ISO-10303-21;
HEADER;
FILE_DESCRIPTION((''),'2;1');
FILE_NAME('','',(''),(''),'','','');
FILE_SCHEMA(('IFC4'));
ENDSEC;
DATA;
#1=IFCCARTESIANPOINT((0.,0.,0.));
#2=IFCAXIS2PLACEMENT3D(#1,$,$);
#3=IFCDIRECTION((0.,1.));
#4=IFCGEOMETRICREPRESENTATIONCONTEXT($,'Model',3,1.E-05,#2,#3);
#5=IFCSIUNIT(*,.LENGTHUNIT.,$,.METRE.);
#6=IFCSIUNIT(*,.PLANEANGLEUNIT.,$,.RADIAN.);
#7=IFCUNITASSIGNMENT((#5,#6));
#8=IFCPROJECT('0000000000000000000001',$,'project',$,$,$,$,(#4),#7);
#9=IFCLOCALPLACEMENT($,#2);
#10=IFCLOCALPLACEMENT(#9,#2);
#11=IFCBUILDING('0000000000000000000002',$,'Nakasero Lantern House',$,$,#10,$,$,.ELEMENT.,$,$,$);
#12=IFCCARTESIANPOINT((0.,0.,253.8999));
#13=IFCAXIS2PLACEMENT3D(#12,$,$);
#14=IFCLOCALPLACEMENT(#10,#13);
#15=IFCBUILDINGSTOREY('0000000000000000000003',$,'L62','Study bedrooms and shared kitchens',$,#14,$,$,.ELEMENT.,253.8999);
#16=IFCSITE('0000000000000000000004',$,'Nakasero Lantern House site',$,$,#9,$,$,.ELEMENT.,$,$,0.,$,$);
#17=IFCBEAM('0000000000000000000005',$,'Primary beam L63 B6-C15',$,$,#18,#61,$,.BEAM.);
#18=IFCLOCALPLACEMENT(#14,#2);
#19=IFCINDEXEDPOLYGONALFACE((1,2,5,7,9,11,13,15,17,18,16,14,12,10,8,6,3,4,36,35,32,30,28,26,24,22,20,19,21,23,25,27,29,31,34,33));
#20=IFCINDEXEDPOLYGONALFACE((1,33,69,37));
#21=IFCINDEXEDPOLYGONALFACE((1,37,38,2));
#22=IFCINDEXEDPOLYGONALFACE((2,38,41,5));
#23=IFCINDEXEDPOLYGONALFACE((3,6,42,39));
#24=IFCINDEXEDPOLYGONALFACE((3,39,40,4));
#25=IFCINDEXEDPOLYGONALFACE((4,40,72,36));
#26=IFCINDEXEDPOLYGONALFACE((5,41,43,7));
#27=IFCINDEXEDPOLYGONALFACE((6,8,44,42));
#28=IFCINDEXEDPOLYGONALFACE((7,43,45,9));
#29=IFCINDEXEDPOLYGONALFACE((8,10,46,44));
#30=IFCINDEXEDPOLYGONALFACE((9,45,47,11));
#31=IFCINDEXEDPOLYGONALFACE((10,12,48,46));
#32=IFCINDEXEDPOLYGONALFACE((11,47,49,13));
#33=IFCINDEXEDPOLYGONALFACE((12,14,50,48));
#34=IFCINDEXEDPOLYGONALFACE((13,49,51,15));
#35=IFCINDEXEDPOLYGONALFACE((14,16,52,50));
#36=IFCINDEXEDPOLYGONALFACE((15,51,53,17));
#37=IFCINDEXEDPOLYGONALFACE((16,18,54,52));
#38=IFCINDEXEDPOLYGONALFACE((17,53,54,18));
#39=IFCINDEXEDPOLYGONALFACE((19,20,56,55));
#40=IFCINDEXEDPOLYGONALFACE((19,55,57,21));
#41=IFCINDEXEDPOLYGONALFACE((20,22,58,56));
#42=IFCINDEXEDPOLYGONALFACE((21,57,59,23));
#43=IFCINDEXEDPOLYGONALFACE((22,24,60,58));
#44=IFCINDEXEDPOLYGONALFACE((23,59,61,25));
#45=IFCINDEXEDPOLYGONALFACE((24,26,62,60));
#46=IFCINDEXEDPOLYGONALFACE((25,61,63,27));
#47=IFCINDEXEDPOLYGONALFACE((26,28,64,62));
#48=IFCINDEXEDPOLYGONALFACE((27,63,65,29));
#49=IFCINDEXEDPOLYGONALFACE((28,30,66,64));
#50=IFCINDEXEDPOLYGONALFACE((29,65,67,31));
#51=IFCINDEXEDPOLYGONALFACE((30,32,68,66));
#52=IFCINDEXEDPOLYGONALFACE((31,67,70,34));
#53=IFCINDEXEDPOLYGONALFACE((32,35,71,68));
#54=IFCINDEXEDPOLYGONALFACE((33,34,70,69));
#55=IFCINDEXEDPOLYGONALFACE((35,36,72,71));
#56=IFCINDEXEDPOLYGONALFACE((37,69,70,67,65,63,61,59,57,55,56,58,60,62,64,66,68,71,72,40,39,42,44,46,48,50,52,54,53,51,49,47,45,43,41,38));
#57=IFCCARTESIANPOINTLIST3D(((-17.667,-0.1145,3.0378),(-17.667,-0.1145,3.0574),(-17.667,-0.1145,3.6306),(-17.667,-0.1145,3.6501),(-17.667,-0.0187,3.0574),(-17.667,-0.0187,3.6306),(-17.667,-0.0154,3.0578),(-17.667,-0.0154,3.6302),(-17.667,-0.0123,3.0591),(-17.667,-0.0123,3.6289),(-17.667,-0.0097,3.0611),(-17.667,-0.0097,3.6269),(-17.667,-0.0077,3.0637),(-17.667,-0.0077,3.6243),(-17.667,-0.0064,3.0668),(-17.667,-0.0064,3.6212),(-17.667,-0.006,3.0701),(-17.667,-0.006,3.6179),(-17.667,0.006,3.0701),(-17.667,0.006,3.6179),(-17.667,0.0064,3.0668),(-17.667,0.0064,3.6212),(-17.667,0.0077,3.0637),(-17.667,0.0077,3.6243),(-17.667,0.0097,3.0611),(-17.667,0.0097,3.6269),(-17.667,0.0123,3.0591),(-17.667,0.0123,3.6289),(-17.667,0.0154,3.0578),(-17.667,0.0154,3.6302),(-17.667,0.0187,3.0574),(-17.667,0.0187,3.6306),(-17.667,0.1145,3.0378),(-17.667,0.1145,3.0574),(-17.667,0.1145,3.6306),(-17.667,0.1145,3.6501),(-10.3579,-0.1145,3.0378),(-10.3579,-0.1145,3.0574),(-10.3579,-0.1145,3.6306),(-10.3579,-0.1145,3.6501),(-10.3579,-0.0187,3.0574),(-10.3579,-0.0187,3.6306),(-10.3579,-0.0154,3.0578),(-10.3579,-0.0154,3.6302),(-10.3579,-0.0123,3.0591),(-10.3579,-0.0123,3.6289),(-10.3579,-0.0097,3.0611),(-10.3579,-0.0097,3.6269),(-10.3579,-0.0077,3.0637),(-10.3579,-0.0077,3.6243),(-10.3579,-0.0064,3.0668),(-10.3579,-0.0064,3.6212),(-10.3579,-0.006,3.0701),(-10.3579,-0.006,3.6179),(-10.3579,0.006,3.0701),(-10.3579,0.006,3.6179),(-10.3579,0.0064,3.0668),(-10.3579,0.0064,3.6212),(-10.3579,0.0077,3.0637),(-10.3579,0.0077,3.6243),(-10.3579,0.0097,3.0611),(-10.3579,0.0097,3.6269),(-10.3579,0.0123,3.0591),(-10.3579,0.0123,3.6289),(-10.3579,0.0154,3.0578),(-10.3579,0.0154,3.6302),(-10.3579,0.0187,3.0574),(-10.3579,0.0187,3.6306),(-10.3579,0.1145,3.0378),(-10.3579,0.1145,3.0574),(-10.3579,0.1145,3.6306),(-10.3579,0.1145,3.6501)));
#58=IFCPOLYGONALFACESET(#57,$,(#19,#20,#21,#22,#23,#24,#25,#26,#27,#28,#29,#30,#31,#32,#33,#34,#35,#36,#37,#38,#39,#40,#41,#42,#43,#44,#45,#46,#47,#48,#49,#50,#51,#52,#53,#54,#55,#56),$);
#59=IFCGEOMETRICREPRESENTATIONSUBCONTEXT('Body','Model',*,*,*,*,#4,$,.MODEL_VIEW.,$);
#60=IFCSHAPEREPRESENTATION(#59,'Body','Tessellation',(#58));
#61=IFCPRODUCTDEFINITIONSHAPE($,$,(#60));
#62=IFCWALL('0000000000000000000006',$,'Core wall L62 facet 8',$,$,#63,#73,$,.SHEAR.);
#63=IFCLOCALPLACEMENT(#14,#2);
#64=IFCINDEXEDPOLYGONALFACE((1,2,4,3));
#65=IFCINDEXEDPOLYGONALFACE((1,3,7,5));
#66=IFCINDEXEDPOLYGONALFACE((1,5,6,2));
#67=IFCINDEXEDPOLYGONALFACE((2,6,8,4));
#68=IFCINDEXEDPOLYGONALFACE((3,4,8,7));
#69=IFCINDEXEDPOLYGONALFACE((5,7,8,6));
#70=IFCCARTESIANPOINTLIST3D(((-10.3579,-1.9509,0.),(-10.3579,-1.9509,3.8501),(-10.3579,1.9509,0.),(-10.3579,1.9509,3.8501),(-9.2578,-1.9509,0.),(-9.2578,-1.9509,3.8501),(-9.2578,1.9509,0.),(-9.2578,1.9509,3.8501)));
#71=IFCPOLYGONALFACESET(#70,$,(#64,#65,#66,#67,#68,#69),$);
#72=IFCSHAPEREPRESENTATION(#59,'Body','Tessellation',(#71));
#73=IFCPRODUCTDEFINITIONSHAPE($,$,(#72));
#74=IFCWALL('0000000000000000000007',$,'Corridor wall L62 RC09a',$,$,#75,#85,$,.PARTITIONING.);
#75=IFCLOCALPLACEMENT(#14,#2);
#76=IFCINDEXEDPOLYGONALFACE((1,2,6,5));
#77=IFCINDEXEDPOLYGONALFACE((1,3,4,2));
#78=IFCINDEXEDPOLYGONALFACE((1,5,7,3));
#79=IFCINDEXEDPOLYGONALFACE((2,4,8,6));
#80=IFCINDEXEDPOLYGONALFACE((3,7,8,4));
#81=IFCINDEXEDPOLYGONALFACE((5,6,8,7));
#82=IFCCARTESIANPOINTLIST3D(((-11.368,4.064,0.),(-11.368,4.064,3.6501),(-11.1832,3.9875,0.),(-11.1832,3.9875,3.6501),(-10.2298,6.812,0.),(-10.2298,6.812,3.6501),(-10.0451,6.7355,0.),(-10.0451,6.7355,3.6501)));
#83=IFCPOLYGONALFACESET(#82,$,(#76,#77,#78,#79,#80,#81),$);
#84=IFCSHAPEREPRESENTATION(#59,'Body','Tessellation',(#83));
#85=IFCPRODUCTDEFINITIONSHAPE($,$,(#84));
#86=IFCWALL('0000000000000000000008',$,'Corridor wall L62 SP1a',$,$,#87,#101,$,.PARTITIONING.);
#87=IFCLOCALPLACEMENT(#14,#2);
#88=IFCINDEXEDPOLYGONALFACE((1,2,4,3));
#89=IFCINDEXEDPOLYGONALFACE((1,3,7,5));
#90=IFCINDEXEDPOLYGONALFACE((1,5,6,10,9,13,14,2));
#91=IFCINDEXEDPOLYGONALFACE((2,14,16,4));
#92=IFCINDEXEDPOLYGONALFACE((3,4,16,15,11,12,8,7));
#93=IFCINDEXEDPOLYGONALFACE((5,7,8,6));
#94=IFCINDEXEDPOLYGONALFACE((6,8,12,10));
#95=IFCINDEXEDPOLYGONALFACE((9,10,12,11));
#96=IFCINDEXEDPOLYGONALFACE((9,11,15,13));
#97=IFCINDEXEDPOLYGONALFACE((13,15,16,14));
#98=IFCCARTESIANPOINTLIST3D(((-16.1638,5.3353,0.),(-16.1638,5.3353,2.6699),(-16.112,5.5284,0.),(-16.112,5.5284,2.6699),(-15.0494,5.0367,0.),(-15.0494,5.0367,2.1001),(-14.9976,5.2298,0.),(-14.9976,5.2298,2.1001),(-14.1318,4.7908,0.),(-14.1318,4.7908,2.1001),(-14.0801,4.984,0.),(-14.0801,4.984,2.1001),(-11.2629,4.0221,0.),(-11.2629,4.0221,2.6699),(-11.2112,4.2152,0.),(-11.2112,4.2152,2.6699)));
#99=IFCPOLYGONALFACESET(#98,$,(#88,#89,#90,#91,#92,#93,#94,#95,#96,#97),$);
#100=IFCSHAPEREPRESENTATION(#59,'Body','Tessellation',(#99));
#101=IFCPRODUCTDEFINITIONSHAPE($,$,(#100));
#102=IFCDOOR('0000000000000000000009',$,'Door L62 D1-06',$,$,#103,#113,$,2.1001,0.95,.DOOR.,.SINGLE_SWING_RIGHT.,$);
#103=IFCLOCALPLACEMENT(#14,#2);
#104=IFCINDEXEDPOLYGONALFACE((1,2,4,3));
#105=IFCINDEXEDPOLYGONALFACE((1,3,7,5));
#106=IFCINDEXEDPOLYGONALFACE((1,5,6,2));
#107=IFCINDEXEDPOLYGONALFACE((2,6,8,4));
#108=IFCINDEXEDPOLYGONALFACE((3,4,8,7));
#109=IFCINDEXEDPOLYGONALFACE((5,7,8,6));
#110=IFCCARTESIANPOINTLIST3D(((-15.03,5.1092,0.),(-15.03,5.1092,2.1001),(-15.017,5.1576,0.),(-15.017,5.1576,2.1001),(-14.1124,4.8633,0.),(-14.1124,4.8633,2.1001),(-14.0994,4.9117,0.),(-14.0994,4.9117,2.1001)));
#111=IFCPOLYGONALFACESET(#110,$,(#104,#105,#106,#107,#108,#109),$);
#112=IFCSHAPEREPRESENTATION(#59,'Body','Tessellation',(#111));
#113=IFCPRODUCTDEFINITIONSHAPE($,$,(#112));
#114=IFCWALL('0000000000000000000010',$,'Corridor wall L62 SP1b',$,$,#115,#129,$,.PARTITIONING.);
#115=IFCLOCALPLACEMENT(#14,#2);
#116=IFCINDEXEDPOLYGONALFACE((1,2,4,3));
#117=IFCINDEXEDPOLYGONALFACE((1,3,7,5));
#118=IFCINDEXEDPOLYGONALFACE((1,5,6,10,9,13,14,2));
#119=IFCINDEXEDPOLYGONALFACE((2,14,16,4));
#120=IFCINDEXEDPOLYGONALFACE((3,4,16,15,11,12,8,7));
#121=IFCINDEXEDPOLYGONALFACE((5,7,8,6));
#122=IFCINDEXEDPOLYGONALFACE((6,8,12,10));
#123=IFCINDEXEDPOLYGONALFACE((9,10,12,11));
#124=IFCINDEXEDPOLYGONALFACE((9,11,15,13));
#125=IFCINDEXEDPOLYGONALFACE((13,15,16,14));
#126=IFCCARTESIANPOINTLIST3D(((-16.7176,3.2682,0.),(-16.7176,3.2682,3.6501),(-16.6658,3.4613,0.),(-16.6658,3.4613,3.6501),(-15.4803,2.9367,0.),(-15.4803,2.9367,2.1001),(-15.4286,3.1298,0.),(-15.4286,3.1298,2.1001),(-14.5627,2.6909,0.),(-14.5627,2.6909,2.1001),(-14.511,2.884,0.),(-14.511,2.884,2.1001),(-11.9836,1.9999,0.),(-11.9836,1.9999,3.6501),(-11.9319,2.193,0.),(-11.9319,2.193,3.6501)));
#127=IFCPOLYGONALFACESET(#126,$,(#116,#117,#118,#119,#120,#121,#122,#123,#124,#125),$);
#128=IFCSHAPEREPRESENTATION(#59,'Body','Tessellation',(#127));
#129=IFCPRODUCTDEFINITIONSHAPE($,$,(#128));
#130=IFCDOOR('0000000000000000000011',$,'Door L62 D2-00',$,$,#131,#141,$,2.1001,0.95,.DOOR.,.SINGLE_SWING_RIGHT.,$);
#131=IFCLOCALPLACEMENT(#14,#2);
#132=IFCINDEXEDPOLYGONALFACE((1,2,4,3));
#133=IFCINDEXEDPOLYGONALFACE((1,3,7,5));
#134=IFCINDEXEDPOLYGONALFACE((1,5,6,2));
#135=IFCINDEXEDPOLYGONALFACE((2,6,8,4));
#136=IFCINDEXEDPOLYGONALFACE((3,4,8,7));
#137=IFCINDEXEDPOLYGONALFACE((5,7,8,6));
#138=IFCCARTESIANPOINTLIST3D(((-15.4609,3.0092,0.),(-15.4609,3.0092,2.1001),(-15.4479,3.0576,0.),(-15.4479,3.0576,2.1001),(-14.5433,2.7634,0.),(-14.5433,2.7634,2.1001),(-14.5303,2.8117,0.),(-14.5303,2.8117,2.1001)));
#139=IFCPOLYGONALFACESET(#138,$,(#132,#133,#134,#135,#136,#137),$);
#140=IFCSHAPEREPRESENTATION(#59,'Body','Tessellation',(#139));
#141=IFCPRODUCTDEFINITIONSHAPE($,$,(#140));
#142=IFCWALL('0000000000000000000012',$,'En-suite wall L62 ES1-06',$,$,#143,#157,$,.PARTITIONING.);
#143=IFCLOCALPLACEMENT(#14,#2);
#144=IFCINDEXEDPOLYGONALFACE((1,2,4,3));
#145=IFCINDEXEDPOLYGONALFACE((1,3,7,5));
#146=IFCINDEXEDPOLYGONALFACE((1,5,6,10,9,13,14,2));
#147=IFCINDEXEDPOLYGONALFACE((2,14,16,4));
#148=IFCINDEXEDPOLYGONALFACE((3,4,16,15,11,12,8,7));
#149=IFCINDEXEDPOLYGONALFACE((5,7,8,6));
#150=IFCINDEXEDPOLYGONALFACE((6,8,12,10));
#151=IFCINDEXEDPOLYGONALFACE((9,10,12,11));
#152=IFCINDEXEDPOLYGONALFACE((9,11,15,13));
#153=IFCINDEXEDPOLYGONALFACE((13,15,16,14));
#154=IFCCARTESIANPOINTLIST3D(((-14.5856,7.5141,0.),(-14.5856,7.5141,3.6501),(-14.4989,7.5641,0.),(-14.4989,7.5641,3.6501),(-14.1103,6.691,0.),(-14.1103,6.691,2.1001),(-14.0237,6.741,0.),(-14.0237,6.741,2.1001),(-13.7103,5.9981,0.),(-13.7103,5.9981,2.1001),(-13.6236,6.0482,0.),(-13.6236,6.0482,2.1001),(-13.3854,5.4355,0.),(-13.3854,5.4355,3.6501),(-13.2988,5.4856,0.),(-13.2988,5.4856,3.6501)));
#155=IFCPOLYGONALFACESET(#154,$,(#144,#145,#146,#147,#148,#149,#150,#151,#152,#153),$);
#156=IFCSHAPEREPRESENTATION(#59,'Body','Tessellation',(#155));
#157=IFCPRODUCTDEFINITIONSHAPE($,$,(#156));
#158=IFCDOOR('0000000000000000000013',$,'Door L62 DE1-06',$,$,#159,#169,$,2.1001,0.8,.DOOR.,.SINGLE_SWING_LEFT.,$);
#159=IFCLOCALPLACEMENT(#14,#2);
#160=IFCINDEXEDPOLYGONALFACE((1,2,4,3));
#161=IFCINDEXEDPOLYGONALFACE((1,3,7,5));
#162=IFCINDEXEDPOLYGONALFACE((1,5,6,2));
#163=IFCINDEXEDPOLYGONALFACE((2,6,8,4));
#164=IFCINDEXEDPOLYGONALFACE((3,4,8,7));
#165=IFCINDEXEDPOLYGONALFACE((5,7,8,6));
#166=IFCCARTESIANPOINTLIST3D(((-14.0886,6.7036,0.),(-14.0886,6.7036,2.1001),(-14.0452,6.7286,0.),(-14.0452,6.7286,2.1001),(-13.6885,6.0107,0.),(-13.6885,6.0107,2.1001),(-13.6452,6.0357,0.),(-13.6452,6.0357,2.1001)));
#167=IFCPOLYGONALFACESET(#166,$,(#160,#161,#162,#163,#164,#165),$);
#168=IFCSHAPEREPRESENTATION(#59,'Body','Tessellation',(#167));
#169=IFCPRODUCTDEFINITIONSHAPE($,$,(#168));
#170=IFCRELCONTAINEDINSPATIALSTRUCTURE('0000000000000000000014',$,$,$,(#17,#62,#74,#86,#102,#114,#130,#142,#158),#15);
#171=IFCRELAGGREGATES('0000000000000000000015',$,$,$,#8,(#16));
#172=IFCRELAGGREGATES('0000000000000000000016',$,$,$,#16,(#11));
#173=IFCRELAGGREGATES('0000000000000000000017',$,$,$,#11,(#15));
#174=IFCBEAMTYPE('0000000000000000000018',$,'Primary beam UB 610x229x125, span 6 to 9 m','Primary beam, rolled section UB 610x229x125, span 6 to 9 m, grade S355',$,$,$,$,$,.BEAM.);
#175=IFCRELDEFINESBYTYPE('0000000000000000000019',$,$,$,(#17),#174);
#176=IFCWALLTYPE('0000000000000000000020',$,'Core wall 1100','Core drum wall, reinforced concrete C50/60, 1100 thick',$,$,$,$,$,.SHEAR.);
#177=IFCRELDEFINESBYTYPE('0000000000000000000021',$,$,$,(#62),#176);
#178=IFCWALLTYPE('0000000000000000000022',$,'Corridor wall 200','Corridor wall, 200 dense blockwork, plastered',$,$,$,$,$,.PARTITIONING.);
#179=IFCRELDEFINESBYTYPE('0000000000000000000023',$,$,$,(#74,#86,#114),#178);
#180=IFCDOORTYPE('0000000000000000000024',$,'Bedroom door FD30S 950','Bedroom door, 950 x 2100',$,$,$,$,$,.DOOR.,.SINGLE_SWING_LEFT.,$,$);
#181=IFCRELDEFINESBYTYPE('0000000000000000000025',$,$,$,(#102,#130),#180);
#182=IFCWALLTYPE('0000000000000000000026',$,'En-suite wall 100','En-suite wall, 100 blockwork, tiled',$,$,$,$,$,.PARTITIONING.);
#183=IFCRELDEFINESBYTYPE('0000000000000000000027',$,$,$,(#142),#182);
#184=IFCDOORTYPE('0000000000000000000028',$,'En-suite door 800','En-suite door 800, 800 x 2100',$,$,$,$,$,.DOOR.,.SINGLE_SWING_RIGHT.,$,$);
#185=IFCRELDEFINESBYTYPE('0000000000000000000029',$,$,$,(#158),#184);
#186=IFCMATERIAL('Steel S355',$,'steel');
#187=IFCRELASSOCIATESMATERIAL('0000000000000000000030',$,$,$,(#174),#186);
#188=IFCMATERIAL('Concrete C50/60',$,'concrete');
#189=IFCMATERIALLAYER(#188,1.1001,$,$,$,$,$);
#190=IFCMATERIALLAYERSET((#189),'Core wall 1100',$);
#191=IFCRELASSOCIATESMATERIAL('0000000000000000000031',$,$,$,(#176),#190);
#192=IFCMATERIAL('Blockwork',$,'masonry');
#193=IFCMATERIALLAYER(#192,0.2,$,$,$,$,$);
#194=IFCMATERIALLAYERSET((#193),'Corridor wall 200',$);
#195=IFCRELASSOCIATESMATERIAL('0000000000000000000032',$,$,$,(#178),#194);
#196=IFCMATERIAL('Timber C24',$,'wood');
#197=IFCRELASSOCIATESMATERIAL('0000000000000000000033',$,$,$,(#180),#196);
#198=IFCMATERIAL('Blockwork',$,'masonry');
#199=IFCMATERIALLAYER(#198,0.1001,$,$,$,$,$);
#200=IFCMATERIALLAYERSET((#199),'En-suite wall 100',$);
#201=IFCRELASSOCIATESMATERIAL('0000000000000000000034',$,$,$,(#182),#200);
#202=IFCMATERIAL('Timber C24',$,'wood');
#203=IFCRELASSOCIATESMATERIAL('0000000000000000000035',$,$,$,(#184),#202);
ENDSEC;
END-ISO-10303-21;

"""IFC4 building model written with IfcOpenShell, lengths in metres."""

from ifc_helpers import new_model, si_unit, direction, frame, frame_2d, origin, origin_2d, place, context, subcontext, project, spatial, rectangle, i_section, extrude, material, layer, layer_set, material_profile, profile_set, type_object, element, fill, save


model = new_model("IFC4")

# Units and contexts
model_context = context("Model", 3, precision=1e-05, world=origin(), true_north=direction((0.0, 1.0)))
body_context = subcontext(model_context, "Body", "Model", "MODEL_VIEW")
ifc_project = project(units=[si_unit("LENGTHUNIT", "METRE"), si_unit("PLANEANGLEUNIT", "RADIAN")], contexts=[model_context])

# Site, building, storey
site_placement = place(None, origin())
site = spatial("IfcSite", under=ifc_project, at=site_placement, Name="Nakasero Lantern House site", CompositionType="ELEMENT", RefElevation=0.0)
building_placement = place(site_placement, origin())
building = spatial("IfcBuilding", under=site, at=building_placement, Name="Nakasero Lantern House", CompositionType="ELEMENT")
storey_placement = place(building_placement, frame((0.0, 0.0, 253.8999)))
storey = spatial("IfcBuildingStorey", under=building, at=storey_placement, Name="L62", Description="Study bedrooms and shared kitchens", CompositionType="ELEMENT", Elevation=253.8999)

# Beam
ifc_material_1 = material(Name="Steel S355", Category="steel")
ifc_material_profile_1 = material_profile(ifc_material_1, i_section(OverallWidth=0.229, OverallDepth=0.6123, WebThickness=0.012, FlangeThickness=0.0195, FilletRadius=0.0127, at=origin_2d()), Name="UB 610x229x125")
ifc_profile_set_1 = profile_set([ifc_material_profile_1], Name="Steel S355")
beam_type_1 = type_object("IfcBeamType", Name="Primary beam UB 610x229x125, span 6 to 9 m", Description="Primary beam, rolled section UB 610x229x125, span 6 to 9 m, grade S355", PredefinedType="BEAM", material=ifc_profile_set_1)
beam_1_placement = place(storey_placement, frame((-17.667, 0.0, 3.344), z_axis=(1.0, 0.0, 0.0), x_axis=(0.0, 1.0, 0.0)))
element("IfcBeam", 1, at=beam_1_placement, inside=storey, type_object=beam_type_1, Name="Primary beam L63 B6-C15", PredefinedType="BEAM", context=body_context, shape_type="SweptSolid", body=[
    extrude(i_section(OverallWidth=0.229, OverallDepth=0.6123, WebThickness=0.012, FlangeThickness=0.0195, FilletRadius=0.0127, at=origin_2d()), origin(), (0.0, 0.0, 1.0), 7.3091),
])

# Walls
ifc_material_2 = material(Name="Concrete C50/60", Category="concrete")
ifc_layer_1 = layer(ifc_material_2, 1.1001)
ifc_layer_set_1 = layer_set([ifc_layer_1], Name="Core wall 1100")
wall_type_1 = type_object("IfcWallType", Name="Core wall 1100", Description="Core drum wall, reinforced concrete C50/60, 1100 thick", PredefinedType="SHEAR", material=ifc_layer_set_1)
wall_1_placement = place(storey_placement, frame((-9.8079, 1.9509, 0.0), z_axis=(0.0, 0.0, 1.0), x_axis=(0.0, -1.0, 0.0)))
element("IfcWall", 2, at=wall_1_placement, inside=storey, type_object=wall_type_1, Name="Core wall L62 facet 8", PredefinedType="SHEAR", context=body_context, shape_type="SweptSolid", body=[
    extrude(rectangle(XDim=3.9019, YDim=1.1001, at=frame_2d((1.9509, 0.0))), origin(), (0.0, 0.0, 1.0), 3.8501),
])
ifc_material_3 = material(Name="Blockwork", Category="masonry")
ifc_layer_2 = layer(ifc_material_3, 0.2)
ifc_layer_set_2 = layer_set([ifc_layer_2], Name="Corridor wall 200")
wall_type_2 = type_object("IfcWallType", Name="Corridor wall 200", Description="Corridor wall, 200 dense blockwork, plastered", PredefinedType="PARTITIONING", material=ifc_layer_set_2)
wall_2_placement = place(storey_placement, frame((-11.2756, 4.0256, 0.0), z_axis=(0.0, 0.0, 1.0), x_axis=(0.382656, 0.923891, 0.0)))
element("IfcWall", 3, at=wall_2_placement, inside=storey, type_object=wall_type_2, Name="Corridor wall L62 RC09a", PredefinedType="PARTITIONING", context=body_context, shape_type="SweptSolid", body=[
    extrude(rectangle(XDim=2.9744, YDim=0.2, at=frame_2d((1.4873, 0.0))), origin(), (0.0, 0.0, 1.0), 3.6501),
])

# Walls, openings, doors
wall_3_placement = place(storey_placement, frame((-11.2371, 4.1187, 0.0), z_axis=(0.0, 0.0, 1.0), x_axis=(-0.965924, 0.258827, 0.0)))
wall_3 = element("IfcWall", 4, at=wall_3_placement, inside=storey, type_object=wall_type_2, Name="Corridor wall L62 SP1a", PredefinedType="PARTITIONING", context=body_context, shape_type="SweptSolid", body=[
    extrude(rectangle(XDim=5.0737, YDim=0.2, at=frame_2d((2.5369, 0.0))), origin(), (0.0, 0.0, 1.0), 2.6699),
])
opening_1_placement = place(wall_3_placement, frame((2.97, 0.0, 0.0)))
opening_1 = element("IfcOpeningElement", 5, at=opening_1_placement, cuts=wall_3, PredefinedType="OPENING", context=body_context, shape_type="SweptSolid", body=[
    extrude(rectangle(XDim=0.95, YDim=2.1001, at=frame_2d((0.4751, 1.05))), frame((0.0, 0.1199, 0.0), z_axis=(0.0, -1.0, 0.0), x_axis=(1.0, 0.0, 0.0)), (0.0, 0.0, 1.0), 0.24),
])
ifc_material_4 = material(Name="Timber C24", Category="wood")
door_type_1 = type_object("IfcDoorType", Name="Bedroom door FD30S 950", Description="Bedroom door, 950 x 2100", OperationType="SINGLE_SWING_LEFT", PredefinedType="DOOR", material=ifc_material_4)
door_1_placement = place(opening_1_placement, origin())
door_1 = element("IfcDoor", 6, at=door_1_placement, inside=storey, type_object=door_type_1, Name="Door L62 D1-06", OperationType="SINGLE_SWING_RIGHT", OverallHeight=2.1001, OverallWidth=0.95, PredefinedType="DOOR", context=body_context, shape_type="SweptSolid", body=[
    extrude(rectangle(XDim=0.95, YDim=2.1001, at=frame_2d((0.4751, 1.05))), frame((0.0, 0.0249, 0.0), z_axis=(0.0, -1.0, 0.0), x_axis=(1.0, 0.0, 0.0)), (0.0, 0.0, 1.0), 0.05),
])
fill(opening_1, door_1)
wall_4_placement = place(storey_placement, frame((-11.9578, 2.0964, 0.0), z_axis=(0.0, 0.0, 1.0), x_axis=(-0.965932, 0.258794, 0.0)))
wall_4 = element("IfcWall", 7, at=wall_4_placement, inside=storey, type_object=wall_type_2, Name="Corridor wall L62 SP1b", PredefinedType="PARTITIONING", context=body_context, shape_type="SweptSolid", body=[
    extrude(rectangle(XDim=4.9009, YDim=0.2, at=frame_2d((2.4504, 0.0))), origin(), (0.0, 0.0, 1.0), 3.6501),
])
opening_2_placement = place(wall_4_placement, frame((2.6699, 0.0, 0.0)))
opening_2 = element("IfcOpeningElement", 8, at=opening_2_placement, cuts=wall_4, PredefinedType="OPENING", context=body_context, shape_type="SweptSolid", body=[
    extrude(rectangle(XDim=0.95, YDim=2.1001, at=frame_2d((0.4751, 1.05))), frame((0.0, 0.1199, 0.0), z_axis=(0.0, -1.0, 0.0), x_axis=(1.0, 0.0, 0.0)), (0.0, 0.0, 1.0), 0.24),
])
door_2_placement = place(opening_2_placement, origin())
door_2 = element("IfcDoor", 9, at=door_2_placement, inside=storey, type_object=door_type_1, Name="Door L62 D2-00", OperationType="SINGLE_SWING_RIGHT", OverallHeight=2.1001, OverallWidth=0.95, PredefinedType="DOOR", context=body_context, shape_type="SweptSolid", body=[
    extrude(rectangle(XDim=0.95, YDim=2.1001, at=frame_2d((0.4751, 1.05))), frame((0.0, 0.0249, 0.0), z_axis=(0.0, -1.0, 0.0), x_axis=(1.0, 0.0, 0.0)), (0.0, 0.0, 1.0), 0.05),
])
fill(opening_2, door_2)
ifc_material_5 = material(Name="Blockwork", Category="masonry")
ifc_layer_3 = layer(ifc_material_5, 0.1001)
ifc_layer_set_3 = layer_set([ifc_layer_3], Name="En-suite wall 100")
wall_type_3 = type_object("IfcWallType", Name="En-suite wall 100", Description="En-suite wall, 100 blockwork, tiled", PredefinedType="PARTITIONING", material=ifc_layer_set_3)
wall_5_placement = place(storey_placement, frame((-13.342, 5.4604, 0.0), z_axis=(0.0, 0.0, 1.0), x_axis=(-0.500034, 0.866006, 0.0)))
wall_5 = element("IfcWall", 10, at=wall_5_placement, inside=storey, type_object=wall_type_3, Name="En-suite wall L62 ES1-06", PredefinedType="PARTITIONING", context=body_context, shape_type="SweptSolid", body=[
    extrude(rectangle(XDim=2.4001, YDim=0.1001, at=frame_2d((1.2002, 0.0))), origin(), (0.0, 0.0, 1.0), 3.6501),
])
opening_3_placement = place(wall_5_placement, frame((0.6499, 0.0, 0.0)))
opening_3 = element("IfcOpeningElement", 11, at=opening_3_placement, cuts=wall_5, PredefinedType="OPENING", context=body_context, shape_type="SweptSolid", body=[
    extrude(rectangle(XDim=0.8, YDim=2.1001, at=frame_2d((0.3999, 1.05))), frame((0.0, 0.0701, 0.0), z_axis=(0.0, -1.0, 0.0), x_axis=(1.0, 0.0, 0.0)), (0.0, 0.0, 1.0), 0.1401),
])
ifc_material_6 = material(Name="Timber C24", Category="wood")
door_type_2 = type_object("IfcDoorType", Name="En-suite door 800", Description="En-suite door 800, 800 x 2100", OperationType="SINGLE_SWING_RIGHT", PredefinedType="DOOR", material=ifc_material_6)
door_3_placement = place(opening_3_placement, origin())
door_3 = element("IfcDoor", 12, at=door_3_placement, inside=storey, type_object=door_type_2, Name="Door L62 DE1-06", OperationType="SINGLE_SWING_LEFT", OverallHeight=2.1001, OverallWidth=0.8, PredefinedType="DOOR", context=body_context, shape_type="SweptSolid", body=[
    extrude(rectangle(XDim=0.8, YDim=2.1001, at=frame_2d((0.3999, 1.05))), frame((0.0, 0.0249, 0.0), z_axis=(0.0, -1.0, 0.0), x_axis=(1.0, 0.0, 0.0)), (0.0, 0.0, 1.0), 0.05),
])
fill(opening_3, door_3)

save(model, "model.ifc")
